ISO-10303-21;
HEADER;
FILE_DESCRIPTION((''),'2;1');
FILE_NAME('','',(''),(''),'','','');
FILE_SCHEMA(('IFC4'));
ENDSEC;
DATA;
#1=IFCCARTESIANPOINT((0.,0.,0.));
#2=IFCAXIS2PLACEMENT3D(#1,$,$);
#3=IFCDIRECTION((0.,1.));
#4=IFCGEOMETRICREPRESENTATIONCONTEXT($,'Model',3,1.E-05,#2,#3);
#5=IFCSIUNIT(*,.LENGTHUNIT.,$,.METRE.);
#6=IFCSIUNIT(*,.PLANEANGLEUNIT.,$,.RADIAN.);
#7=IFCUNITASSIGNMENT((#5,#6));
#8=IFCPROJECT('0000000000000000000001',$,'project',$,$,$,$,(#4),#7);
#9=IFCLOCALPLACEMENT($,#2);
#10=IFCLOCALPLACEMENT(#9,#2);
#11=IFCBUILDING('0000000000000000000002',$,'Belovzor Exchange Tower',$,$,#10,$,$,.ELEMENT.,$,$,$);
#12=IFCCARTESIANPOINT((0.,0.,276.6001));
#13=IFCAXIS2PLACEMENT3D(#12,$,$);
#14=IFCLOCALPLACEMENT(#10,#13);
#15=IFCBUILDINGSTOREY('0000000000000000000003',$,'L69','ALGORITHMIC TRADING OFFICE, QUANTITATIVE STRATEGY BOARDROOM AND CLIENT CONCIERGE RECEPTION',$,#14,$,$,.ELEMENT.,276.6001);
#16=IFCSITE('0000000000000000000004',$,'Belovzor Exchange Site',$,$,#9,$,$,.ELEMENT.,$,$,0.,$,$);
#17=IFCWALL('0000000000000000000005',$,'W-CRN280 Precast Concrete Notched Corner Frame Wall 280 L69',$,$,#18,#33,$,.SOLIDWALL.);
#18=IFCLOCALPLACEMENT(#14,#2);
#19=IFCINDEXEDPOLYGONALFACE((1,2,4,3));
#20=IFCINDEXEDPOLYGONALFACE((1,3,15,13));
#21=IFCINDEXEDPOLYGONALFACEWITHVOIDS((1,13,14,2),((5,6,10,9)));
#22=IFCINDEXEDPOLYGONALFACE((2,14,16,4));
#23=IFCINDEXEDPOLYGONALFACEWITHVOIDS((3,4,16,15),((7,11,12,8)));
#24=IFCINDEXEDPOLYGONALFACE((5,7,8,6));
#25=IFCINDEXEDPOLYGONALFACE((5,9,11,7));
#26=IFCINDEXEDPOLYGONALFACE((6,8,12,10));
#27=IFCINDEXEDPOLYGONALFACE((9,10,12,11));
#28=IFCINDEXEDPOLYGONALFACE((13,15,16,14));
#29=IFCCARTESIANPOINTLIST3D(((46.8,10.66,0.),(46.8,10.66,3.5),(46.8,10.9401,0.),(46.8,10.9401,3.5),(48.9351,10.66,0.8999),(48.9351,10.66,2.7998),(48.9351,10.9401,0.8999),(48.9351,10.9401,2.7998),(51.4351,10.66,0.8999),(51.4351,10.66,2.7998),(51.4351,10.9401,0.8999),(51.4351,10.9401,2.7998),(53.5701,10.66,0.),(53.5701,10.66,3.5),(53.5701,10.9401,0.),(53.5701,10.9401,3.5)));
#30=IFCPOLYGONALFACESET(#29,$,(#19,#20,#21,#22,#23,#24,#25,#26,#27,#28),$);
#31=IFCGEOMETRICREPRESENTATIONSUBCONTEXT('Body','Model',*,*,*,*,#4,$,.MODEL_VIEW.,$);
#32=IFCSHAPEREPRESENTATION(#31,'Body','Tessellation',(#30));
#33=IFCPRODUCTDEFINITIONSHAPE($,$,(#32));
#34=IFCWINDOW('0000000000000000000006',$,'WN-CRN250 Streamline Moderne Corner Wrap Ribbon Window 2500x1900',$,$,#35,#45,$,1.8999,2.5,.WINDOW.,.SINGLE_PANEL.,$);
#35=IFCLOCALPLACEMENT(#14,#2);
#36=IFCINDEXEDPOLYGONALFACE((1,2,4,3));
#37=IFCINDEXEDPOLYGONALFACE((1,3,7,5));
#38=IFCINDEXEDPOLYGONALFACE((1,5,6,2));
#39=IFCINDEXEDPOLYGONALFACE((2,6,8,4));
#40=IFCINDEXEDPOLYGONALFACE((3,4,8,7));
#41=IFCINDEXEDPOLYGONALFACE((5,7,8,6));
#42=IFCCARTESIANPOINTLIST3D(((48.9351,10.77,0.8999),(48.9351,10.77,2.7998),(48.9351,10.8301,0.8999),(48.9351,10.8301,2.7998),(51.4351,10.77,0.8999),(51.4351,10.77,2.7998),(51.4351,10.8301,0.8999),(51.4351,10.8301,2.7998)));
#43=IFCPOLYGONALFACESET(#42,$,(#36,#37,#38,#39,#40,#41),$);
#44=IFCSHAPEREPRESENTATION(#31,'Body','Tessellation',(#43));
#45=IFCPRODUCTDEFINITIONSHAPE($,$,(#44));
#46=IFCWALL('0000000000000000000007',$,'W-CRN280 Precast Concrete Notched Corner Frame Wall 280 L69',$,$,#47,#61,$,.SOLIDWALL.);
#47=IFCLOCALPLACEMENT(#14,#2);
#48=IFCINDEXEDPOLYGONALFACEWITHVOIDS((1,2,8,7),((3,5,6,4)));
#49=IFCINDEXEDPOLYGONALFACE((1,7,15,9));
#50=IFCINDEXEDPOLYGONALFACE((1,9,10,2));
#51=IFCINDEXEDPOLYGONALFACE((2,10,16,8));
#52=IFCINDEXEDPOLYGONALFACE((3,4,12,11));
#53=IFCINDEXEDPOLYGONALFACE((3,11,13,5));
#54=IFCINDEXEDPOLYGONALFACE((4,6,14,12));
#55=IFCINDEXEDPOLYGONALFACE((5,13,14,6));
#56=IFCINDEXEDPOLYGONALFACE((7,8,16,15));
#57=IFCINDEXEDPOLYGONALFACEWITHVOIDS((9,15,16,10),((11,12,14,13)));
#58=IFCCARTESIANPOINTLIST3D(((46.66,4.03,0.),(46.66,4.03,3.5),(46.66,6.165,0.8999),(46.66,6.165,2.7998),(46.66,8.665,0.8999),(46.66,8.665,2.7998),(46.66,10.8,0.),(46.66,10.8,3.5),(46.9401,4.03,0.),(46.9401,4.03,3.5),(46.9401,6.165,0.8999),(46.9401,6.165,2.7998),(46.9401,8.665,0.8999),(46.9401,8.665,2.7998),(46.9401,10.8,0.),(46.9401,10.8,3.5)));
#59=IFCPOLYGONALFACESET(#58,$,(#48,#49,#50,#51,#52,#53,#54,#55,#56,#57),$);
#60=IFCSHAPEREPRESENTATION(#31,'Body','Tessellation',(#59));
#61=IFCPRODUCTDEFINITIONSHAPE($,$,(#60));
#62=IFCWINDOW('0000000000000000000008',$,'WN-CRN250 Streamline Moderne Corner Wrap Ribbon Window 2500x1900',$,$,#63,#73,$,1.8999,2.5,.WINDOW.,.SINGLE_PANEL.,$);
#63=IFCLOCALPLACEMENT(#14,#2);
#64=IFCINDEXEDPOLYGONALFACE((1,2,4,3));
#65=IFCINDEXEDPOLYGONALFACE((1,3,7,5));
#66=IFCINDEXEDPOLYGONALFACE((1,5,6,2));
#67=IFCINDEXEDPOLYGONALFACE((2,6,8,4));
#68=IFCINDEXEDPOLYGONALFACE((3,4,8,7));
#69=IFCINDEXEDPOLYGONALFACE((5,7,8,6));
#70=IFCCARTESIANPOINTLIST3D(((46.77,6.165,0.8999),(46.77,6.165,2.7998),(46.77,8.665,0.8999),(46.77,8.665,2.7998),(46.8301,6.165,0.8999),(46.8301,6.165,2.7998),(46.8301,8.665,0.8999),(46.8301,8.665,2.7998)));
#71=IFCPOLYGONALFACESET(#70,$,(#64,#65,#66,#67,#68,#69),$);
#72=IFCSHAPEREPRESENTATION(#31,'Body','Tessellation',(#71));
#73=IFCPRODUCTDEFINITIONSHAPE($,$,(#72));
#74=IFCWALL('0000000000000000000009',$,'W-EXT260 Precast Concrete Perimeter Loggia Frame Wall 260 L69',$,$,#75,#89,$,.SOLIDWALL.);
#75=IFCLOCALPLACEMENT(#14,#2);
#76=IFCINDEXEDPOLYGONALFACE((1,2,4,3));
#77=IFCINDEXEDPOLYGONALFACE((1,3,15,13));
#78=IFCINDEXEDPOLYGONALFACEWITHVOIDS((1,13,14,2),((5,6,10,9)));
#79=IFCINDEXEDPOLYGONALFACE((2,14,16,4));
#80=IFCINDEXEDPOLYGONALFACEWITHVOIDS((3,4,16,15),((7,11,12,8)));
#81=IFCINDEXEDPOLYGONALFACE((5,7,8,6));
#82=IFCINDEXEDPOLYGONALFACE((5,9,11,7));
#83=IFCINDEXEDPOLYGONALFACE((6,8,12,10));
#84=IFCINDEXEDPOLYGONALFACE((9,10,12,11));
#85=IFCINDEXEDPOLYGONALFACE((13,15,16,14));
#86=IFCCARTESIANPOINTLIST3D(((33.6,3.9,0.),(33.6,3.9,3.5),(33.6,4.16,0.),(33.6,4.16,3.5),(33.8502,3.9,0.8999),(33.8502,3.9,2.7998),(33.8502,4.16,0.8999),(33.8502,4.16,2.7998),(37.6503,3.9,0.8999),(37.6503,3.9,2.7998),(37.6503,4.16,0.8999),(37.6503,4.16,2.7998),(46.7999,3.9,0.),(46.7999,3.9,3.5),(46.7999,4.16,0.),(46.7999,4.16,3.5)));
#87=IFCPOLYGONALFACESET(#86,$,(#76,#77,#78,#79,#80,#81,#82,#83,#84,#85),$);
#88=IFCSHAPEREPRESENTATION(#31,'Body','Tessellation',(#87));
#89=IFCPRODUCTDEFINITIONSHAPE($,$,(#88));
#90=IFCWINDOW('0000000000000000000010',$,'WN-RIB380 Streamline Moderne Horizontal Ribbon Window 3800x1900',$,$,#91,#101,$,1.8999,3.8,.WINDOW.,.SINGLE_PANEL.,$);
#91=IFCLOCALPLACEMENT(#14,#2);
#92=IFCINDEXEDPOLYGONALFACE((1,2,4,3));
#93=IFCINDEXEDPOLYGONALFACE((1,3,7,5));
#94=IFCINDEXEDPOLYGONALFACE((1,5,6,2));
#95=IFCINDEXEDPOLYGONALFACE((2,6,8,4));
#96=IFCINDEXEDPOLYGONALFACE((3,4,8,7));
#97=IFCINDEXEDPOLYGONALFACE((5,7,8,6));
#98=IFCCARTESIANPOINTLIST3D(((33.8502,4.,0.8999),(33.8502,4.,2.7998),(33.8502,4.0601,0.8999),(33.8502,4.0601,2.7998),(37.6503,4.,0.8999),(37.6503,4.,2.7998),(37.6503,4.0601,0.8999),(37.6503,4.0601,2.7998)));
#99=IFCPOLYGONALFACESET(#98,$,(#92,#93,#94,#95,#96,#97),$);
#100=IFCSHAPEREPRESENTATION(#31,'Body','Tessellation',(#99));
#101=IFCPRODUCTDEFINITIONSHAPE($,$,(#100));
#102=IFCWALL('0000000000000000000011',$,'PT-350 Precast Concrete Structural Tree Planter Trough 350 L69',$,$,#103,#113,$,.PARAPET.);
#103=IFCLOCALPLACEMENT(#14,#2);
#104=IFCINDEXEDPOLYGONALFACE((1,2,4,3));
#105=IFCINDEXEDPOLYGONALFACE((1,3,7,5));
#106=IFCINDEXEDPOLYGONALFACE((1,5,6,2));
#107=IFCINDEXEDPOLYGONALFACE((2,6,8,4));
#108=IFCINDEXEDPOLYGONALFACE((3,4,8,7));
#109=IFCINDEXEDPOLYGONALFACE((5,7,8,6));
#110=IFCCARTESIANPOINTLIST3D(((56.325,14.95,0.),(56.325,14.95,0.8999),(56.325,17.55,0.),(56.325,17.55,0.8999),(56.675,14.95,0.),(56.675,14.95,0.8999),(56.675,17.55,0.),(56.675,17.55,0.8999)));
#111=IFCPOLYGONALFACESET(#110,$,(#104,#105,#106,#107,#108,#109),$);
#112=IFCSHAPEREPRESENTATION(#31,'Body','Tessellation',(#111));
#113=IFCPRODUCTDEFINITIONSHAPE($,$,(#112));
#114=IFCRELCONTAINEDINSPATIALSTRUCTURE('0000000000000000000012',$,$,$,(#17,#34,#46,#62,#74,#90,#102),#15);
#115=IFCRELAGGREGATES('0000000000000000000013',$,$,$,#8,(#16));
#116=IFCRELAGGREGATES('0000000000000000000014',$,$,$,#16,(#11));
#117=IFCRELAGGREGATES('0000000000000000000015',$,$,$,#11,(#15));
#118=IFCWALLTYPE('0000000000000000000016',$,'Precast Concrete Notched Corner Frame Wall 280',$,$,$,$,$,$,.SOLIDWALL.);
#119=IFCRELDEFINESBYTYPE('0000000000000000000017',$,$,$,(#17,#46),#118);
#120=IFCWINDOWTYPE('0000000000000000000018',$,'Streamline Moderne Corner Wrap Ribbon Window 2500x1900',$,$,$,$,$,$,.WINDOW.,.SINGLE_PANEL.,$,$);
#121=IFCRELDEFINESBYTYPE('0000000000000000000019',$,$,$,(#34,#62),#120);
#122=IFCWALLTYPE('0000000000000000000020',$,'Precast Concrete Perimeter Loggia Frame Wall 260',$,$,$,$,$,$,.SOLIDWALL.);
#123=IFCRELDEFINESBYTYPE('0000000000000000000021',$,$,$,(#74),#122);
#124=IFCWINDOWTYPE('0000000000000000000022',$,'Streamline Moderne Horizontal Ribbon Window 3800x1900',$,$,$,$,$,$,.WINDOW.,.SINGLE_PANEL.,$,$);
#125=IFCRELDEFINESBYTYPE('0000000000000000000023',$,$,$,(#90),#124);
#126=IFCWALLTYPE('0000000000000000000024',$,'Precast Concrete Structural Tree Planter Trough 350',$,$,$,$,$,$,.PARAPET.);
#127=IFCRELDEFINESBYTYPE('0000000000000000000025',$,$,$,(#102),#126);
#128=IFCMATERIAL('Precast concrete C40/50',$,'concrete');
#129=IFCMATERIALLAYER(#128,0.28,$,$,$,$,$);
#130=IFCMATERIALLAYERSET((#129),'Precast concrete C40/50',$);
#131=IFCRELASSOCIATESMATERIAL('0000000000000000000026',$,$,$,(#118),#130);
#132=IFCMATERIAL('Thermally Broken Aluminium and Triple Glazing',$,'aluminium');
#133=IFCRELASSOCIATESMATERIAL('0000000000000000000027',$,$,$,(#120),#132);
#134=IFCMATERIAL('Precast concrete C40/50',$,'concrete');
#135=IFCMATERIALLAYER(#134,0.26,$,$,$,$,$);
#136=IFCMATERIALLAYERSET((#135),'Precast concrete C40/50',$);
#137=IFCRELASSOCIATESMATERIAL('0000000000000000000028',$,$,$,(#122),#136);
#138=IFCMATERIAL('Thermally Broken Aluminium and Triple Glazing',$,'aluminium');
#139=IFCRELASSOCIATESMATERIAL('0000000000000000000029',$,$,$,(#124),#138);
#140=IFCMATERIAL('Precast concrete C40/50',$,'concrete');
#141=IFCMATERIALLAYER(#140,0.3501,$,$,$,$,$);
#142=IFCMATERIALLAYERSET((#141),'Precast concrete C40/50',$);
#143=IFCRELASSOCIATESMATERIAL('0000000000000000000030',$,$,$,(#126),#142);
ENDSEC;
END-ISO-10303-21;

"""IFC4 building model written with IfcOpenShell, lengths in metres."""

from ifc_helpers import new_model, si_unit, direction, frame, frame_2d, origin, place, context, subcontext, project, spatial, rectangle, extrude, material, layer, layer_set, type_object, element, fill, save


model = new_model("IFC4")

# Units and contexts
model_context = context("Model", 3, precision=1e-05, world=origin(), true_north=direction((0.0, 1.0)))
body_context = subcontext(model_context, "Body", "Model", "MODEL_VIEW")
ifc_project = project(units=[si_unit("LENGTHUNIT", "METRE"), si_unit("PLANEANGLEUNIT", "RADIAN")], contexts=[model_context])

# Site, building, storey
site_placement = place(None, origin())
site = spatial("IfcSite", under=ifc_project, at=site_placement, Name="Belovzor Exchange Site", CompositionType="ELEMENT", RefElevation=0.0)
building_placement = place(site_placement, origin())
building = spatial("IfcBuilding", under=site, at=building_placement, Name="Belovzor Exchange Tower", CompositionType="ELEMENT")
storey_placement = place(building_placement, frame((0.0, 0.0, 276.6001)))
storey = spatial("IfcBuildingStorey", under=building, at=storey_placement, Name="L69", Description="ALGORITHMIC TRADING OFFICE, QUANTITATIVE STRATEGY BOARDROOM AND CLIENT CONCIERGE RECEPTION", CompositionType="ELEMENT", Elevation=276.6001)

# Walls, openings, windows
ifc_material_1 = material(Name="Precast concrete C40/50", Category="concrete")
ifc_layer_1 = layer(ifc_material_1, 0.28)
ifc_layer_set_1 = layer_set([ifc_layer_1], Name="Precast concrete C40/50")
wall_type_1 = type_object("IfcWallType", Name="Precast Concrete Notched Corner Frame Wall 280", PredefinedType="SOLIDWALL", material=ifc_layer_set_1)
wall_1_placement = place(storey_placement, frame((53.5701, 10.8, 0.0), z_axis=(0.0, 0.0, 1.0), x_axis=(-1.0, 0.0, 0.0)))
wall_1 = element("IfcWall", 1, at=wall_1_placement, inside=storey, type_object=wall_type_1, Name="W-CRN280 Precast Concrete Notched Corner Frame Wall 280 L69", PredefinedType="SOLIDWALL", context=body_context, shape_type="SweptSolid", body=[
    extrude(rectangle(XDim=6.77, YDim=0.28, at=frame_2d((3.385, 0.0))), origin(), (0.0, 0.0, 1.0), 3.5),
])
opening_1_placement = place(wall_1_placement, frame((2.135, 0.0, 0.8999)))
opening_1 = element("IfcOpeningElement", 2, at=opening_1_placement, cuts=wall_1, PredefinedType="OPENING", context=body_context, shape_type="SweptSolid", body=[
    extrude(rectangle(XDim=2.5, YDim=1.8999, at=frame_2d((1.25, 0.95))), frame((0.0, 0.1499, 0.0), z_axis=(0.0, -1.0, 0.0), x_axis=(1.0, 0.0, 0.0)), (0.0, 0.0, 1.0), 0.3),
])
ifc_material_2 = material(Name="Thermally Broken Aluminium and Triple Glazing", Category="aluminium")
window_type_1 = type_object("IfcWindowType", Name="Streamline Moderne Corner Wrap Ribbon Window 2500x1900", PartitioningType="SINGLE_PANEL", PredefinedType="WINDOW", material=ifc_material_2)
window_1_placement = place(opening_1_placement, origin())
window_1 = element("IfcWindow", 3, at=window_1_placement, inside=storey, type_object=window_type_1, Name="WN-CRN250 Streamline Moderne Corner Wrap Ribbon Window 2500x1900", OverallHeight=1.8999, OverallWidth=2.5, PartitioningType="SINGLE_PANEL", PredefinedType="WINDOW", context=body_context, shape_type="SweptSolid", body=[
    extrude(rectangle(XDim=2.5, YDim=1.8999, at=frame_2d((1.25, 0.95))), frame((0.0, 0.03, 0.0), z_axis=(0.0, -1.0, 0.0), x_axis=(1.0, 0.0, 0.0)), (0.0, 0.0, 1.0), 0.0601),
])
fill(opening_1, window_1)
wall_2_placement = place(storey_placement, frame((46.8, 10.8, 0.0), z_axis=(0.0, 0.0, 1.0), x_axis=(0.0, -1.0, 0.0)))
wall_2 = element("IfcWall", 4, at=wall_2_placement, inside=storey, type_object=wall_type_1, Name="W-CRN280 Precast Concrete Notched Corner Frame Wall 280 L69", PredefinedType="SOLIDWALL", context=body_context, shape_type="SweptSolid", body=[
    extrude(rectangle(XDim=6.77, YDim=0.28, at=frame_2d((3.385, 0.0))), origin(), (0.0, 0.0, 1.0), 3.5),
])
opening_2_placement = place(wall_2_placement, frame((2.135, 0.0, 0.8999)))
opening_2 = element("IfcOpeningElement", 5, at=opening_2_placement, cuts=wall_2, PredefinedType="OPENING", context=body_context, shape_type="SweptSolid", body=[
    extrude(rectangle(XDim=2.5, YDim=1.8999, at=frame_2d((1.25, 0.95))), frame((0.0, 0.1499, 0.0), z_axis=(0.0, -1.0, 0.0), x_axis=(1.0, 0.0, 0.0)), (0.0, 0.0, 1.0), 0.3),
])
window_2_placement = place(opening_2_placement, origin())
window_2 = element("IfcWindow", 6, at=window_2_placement, inside=storey, type_object=window_type_1, Name="WN-CRN250 Streamline Moderne Corner Wrap Ribbon Window 2500x1900", OverallHeight=1.8999, OverallWidth=2.5, PartitioningType="SINGLE_PANEL", PredefinedType="WINDOW", context=body_context, shape_type="SweptSolid", body=[
    extrude(rectangle(XDim=2.5, YDim=1.8999, at=frame_2d((1.25, 0.95))), frame((0.0, 0.03, 0.0), z_axis=(0.0, -1.0, 0.0), x_axis=(1.0, 0.0, 0.0)), (0.0, 0.0, 1.0), 0.0601),
])
fill(opening_2, window_2)
ifc_material_3 = material(Name="Precast concrete C40/50", Category="concrete")
ifc_layer_2 = layer(ifc_material_3, 0.26)
ifc_layer_set_2 = layer_set([ifc_layer_2], Name="Precast concrete C40/50")
wall_type_2 = type_object("IfcWallType", Name="Precast Concrete Perimeter Loggia Frame Wall 260", PredefinedType="SOLIDWALL", material=ifc_layer_set_2)
wall_3_placement = place(storey_placement, frame((46.8, 4.03, 0.0), z_axis=(0.0, 0.0, 1.0), x_axis=(-1.0, 0.0, 0.0)))
wall_3 = element("IfcWall", 7, at=wall_3_placement, inside=storey, type_object=wall_type_2, Name="W-EXT260 Precast Concrete Perimeter Loggia Frame Wall 260 L69", PredefinedType="SOLIDWALL", context=body_context, shape_type="SweptSolid", body=[
    extrude(rectangle(XDim=13.2, YDim=0.26, at=frame_2d((6.6001, 0.0))), origin(), (0.0, 0.0, 1.0), 3.5),
])
opening_3_placement = place(wall_3_placement, frame((9.1499, 0.0, 0.8999)))
opening_3 = element("IfcOpeningElement", 8, at=opening_3_placement, cuts=wall_3, PredefinedType="OPENING", context=body_context, shape_type="SweptSolid", body=[
    extrude(rectangle(XDim=3.8, YDim=1.8999, at=frame_2d((1.8999, 0.95))), frame((0.0, 0.1399, 0.0), z_axis=(0.0, -1.0, 0.0), x_axis=(1.0, 0.0, 0.0)), (0.0, 0.0, 1.0), 0.28),
])
ifc_material_4 = material(Name="Thermally Broken Aluminium and Triple Glazing", Category="aluminium")
window_type_2 = type_object("IfcWindowType", Name="Streamline Moderne Horizontal Ribbon Window 3800x1900", PartitioningType="SINGLE_PANEL", PredefinedType="WINDOW", material=ifc_material_4)
window_3_placement = place(opening_3_placement, origin())
window_3 = element("IfcWindow", 9, at=window_3_placement, inside=storey, type_object=window_type_2, Name="WN-RIB380 Streamline Moderne Horizontal Ribbon Window 3800x1900", OverallHeight=1.8999, OverallWidth=3.8, PartitioningType="SINGLE_PANEL", PredefinedType="WINDOW", context=body_context, shape_type="SweptSolid", body=[
    extrude(rectangle(XDim=3.8, YDim=1.8999, at=frame_2d((1.8999, 0.95))), frame((0.0, 0.03, 0.0), z_axis=(0.0, -1.0, 0.0), x_axis=(1.0, 0.0, 0.0)), (0.0, 0.0, 1.0), 0.0601),
])
fill(opening_3, window_3)

# Wall
ifc_material_5 = material(Name="Precast concrete C40/50", Category="concrete")
ifc_layer_3 = layer(ifc_material_5, 0.3501)
ifc_layer_set_3 = layer_set([ifc_layer_3], Name="Precast concrete C40/50")
wall_type_3 = type_object("IfcWallType", Name="Precast Concrete Structural Tree Planter Trough 350", PredefinedType="PARAPET", material=ifc_layer_set_3)
wall_4_placement = place(storey_placement, frame((56.5, 14.95, 0.0), z_axis=(0.0, 0.0, 1.0), x_axis=(0.0, 1.0, 0.0)))
element("IfcWall", 10, at=wall_4_placement, inside=storey, type_object=wall_type_3, Name="PT-350 Precast Concrete Structural Tree Planter Trough 350 L69", PredefinedType="PARAPET", context=body_context, shape_type="SweptSolid", body=[
    extrude(rectangle(XDim=2.6001, YDim=0.3501, at=frame_2d((1.3, 0.0))), origin(), (0.0, 0.0, 1.0), 0.8999),
])

save(model, "model.ifc")
